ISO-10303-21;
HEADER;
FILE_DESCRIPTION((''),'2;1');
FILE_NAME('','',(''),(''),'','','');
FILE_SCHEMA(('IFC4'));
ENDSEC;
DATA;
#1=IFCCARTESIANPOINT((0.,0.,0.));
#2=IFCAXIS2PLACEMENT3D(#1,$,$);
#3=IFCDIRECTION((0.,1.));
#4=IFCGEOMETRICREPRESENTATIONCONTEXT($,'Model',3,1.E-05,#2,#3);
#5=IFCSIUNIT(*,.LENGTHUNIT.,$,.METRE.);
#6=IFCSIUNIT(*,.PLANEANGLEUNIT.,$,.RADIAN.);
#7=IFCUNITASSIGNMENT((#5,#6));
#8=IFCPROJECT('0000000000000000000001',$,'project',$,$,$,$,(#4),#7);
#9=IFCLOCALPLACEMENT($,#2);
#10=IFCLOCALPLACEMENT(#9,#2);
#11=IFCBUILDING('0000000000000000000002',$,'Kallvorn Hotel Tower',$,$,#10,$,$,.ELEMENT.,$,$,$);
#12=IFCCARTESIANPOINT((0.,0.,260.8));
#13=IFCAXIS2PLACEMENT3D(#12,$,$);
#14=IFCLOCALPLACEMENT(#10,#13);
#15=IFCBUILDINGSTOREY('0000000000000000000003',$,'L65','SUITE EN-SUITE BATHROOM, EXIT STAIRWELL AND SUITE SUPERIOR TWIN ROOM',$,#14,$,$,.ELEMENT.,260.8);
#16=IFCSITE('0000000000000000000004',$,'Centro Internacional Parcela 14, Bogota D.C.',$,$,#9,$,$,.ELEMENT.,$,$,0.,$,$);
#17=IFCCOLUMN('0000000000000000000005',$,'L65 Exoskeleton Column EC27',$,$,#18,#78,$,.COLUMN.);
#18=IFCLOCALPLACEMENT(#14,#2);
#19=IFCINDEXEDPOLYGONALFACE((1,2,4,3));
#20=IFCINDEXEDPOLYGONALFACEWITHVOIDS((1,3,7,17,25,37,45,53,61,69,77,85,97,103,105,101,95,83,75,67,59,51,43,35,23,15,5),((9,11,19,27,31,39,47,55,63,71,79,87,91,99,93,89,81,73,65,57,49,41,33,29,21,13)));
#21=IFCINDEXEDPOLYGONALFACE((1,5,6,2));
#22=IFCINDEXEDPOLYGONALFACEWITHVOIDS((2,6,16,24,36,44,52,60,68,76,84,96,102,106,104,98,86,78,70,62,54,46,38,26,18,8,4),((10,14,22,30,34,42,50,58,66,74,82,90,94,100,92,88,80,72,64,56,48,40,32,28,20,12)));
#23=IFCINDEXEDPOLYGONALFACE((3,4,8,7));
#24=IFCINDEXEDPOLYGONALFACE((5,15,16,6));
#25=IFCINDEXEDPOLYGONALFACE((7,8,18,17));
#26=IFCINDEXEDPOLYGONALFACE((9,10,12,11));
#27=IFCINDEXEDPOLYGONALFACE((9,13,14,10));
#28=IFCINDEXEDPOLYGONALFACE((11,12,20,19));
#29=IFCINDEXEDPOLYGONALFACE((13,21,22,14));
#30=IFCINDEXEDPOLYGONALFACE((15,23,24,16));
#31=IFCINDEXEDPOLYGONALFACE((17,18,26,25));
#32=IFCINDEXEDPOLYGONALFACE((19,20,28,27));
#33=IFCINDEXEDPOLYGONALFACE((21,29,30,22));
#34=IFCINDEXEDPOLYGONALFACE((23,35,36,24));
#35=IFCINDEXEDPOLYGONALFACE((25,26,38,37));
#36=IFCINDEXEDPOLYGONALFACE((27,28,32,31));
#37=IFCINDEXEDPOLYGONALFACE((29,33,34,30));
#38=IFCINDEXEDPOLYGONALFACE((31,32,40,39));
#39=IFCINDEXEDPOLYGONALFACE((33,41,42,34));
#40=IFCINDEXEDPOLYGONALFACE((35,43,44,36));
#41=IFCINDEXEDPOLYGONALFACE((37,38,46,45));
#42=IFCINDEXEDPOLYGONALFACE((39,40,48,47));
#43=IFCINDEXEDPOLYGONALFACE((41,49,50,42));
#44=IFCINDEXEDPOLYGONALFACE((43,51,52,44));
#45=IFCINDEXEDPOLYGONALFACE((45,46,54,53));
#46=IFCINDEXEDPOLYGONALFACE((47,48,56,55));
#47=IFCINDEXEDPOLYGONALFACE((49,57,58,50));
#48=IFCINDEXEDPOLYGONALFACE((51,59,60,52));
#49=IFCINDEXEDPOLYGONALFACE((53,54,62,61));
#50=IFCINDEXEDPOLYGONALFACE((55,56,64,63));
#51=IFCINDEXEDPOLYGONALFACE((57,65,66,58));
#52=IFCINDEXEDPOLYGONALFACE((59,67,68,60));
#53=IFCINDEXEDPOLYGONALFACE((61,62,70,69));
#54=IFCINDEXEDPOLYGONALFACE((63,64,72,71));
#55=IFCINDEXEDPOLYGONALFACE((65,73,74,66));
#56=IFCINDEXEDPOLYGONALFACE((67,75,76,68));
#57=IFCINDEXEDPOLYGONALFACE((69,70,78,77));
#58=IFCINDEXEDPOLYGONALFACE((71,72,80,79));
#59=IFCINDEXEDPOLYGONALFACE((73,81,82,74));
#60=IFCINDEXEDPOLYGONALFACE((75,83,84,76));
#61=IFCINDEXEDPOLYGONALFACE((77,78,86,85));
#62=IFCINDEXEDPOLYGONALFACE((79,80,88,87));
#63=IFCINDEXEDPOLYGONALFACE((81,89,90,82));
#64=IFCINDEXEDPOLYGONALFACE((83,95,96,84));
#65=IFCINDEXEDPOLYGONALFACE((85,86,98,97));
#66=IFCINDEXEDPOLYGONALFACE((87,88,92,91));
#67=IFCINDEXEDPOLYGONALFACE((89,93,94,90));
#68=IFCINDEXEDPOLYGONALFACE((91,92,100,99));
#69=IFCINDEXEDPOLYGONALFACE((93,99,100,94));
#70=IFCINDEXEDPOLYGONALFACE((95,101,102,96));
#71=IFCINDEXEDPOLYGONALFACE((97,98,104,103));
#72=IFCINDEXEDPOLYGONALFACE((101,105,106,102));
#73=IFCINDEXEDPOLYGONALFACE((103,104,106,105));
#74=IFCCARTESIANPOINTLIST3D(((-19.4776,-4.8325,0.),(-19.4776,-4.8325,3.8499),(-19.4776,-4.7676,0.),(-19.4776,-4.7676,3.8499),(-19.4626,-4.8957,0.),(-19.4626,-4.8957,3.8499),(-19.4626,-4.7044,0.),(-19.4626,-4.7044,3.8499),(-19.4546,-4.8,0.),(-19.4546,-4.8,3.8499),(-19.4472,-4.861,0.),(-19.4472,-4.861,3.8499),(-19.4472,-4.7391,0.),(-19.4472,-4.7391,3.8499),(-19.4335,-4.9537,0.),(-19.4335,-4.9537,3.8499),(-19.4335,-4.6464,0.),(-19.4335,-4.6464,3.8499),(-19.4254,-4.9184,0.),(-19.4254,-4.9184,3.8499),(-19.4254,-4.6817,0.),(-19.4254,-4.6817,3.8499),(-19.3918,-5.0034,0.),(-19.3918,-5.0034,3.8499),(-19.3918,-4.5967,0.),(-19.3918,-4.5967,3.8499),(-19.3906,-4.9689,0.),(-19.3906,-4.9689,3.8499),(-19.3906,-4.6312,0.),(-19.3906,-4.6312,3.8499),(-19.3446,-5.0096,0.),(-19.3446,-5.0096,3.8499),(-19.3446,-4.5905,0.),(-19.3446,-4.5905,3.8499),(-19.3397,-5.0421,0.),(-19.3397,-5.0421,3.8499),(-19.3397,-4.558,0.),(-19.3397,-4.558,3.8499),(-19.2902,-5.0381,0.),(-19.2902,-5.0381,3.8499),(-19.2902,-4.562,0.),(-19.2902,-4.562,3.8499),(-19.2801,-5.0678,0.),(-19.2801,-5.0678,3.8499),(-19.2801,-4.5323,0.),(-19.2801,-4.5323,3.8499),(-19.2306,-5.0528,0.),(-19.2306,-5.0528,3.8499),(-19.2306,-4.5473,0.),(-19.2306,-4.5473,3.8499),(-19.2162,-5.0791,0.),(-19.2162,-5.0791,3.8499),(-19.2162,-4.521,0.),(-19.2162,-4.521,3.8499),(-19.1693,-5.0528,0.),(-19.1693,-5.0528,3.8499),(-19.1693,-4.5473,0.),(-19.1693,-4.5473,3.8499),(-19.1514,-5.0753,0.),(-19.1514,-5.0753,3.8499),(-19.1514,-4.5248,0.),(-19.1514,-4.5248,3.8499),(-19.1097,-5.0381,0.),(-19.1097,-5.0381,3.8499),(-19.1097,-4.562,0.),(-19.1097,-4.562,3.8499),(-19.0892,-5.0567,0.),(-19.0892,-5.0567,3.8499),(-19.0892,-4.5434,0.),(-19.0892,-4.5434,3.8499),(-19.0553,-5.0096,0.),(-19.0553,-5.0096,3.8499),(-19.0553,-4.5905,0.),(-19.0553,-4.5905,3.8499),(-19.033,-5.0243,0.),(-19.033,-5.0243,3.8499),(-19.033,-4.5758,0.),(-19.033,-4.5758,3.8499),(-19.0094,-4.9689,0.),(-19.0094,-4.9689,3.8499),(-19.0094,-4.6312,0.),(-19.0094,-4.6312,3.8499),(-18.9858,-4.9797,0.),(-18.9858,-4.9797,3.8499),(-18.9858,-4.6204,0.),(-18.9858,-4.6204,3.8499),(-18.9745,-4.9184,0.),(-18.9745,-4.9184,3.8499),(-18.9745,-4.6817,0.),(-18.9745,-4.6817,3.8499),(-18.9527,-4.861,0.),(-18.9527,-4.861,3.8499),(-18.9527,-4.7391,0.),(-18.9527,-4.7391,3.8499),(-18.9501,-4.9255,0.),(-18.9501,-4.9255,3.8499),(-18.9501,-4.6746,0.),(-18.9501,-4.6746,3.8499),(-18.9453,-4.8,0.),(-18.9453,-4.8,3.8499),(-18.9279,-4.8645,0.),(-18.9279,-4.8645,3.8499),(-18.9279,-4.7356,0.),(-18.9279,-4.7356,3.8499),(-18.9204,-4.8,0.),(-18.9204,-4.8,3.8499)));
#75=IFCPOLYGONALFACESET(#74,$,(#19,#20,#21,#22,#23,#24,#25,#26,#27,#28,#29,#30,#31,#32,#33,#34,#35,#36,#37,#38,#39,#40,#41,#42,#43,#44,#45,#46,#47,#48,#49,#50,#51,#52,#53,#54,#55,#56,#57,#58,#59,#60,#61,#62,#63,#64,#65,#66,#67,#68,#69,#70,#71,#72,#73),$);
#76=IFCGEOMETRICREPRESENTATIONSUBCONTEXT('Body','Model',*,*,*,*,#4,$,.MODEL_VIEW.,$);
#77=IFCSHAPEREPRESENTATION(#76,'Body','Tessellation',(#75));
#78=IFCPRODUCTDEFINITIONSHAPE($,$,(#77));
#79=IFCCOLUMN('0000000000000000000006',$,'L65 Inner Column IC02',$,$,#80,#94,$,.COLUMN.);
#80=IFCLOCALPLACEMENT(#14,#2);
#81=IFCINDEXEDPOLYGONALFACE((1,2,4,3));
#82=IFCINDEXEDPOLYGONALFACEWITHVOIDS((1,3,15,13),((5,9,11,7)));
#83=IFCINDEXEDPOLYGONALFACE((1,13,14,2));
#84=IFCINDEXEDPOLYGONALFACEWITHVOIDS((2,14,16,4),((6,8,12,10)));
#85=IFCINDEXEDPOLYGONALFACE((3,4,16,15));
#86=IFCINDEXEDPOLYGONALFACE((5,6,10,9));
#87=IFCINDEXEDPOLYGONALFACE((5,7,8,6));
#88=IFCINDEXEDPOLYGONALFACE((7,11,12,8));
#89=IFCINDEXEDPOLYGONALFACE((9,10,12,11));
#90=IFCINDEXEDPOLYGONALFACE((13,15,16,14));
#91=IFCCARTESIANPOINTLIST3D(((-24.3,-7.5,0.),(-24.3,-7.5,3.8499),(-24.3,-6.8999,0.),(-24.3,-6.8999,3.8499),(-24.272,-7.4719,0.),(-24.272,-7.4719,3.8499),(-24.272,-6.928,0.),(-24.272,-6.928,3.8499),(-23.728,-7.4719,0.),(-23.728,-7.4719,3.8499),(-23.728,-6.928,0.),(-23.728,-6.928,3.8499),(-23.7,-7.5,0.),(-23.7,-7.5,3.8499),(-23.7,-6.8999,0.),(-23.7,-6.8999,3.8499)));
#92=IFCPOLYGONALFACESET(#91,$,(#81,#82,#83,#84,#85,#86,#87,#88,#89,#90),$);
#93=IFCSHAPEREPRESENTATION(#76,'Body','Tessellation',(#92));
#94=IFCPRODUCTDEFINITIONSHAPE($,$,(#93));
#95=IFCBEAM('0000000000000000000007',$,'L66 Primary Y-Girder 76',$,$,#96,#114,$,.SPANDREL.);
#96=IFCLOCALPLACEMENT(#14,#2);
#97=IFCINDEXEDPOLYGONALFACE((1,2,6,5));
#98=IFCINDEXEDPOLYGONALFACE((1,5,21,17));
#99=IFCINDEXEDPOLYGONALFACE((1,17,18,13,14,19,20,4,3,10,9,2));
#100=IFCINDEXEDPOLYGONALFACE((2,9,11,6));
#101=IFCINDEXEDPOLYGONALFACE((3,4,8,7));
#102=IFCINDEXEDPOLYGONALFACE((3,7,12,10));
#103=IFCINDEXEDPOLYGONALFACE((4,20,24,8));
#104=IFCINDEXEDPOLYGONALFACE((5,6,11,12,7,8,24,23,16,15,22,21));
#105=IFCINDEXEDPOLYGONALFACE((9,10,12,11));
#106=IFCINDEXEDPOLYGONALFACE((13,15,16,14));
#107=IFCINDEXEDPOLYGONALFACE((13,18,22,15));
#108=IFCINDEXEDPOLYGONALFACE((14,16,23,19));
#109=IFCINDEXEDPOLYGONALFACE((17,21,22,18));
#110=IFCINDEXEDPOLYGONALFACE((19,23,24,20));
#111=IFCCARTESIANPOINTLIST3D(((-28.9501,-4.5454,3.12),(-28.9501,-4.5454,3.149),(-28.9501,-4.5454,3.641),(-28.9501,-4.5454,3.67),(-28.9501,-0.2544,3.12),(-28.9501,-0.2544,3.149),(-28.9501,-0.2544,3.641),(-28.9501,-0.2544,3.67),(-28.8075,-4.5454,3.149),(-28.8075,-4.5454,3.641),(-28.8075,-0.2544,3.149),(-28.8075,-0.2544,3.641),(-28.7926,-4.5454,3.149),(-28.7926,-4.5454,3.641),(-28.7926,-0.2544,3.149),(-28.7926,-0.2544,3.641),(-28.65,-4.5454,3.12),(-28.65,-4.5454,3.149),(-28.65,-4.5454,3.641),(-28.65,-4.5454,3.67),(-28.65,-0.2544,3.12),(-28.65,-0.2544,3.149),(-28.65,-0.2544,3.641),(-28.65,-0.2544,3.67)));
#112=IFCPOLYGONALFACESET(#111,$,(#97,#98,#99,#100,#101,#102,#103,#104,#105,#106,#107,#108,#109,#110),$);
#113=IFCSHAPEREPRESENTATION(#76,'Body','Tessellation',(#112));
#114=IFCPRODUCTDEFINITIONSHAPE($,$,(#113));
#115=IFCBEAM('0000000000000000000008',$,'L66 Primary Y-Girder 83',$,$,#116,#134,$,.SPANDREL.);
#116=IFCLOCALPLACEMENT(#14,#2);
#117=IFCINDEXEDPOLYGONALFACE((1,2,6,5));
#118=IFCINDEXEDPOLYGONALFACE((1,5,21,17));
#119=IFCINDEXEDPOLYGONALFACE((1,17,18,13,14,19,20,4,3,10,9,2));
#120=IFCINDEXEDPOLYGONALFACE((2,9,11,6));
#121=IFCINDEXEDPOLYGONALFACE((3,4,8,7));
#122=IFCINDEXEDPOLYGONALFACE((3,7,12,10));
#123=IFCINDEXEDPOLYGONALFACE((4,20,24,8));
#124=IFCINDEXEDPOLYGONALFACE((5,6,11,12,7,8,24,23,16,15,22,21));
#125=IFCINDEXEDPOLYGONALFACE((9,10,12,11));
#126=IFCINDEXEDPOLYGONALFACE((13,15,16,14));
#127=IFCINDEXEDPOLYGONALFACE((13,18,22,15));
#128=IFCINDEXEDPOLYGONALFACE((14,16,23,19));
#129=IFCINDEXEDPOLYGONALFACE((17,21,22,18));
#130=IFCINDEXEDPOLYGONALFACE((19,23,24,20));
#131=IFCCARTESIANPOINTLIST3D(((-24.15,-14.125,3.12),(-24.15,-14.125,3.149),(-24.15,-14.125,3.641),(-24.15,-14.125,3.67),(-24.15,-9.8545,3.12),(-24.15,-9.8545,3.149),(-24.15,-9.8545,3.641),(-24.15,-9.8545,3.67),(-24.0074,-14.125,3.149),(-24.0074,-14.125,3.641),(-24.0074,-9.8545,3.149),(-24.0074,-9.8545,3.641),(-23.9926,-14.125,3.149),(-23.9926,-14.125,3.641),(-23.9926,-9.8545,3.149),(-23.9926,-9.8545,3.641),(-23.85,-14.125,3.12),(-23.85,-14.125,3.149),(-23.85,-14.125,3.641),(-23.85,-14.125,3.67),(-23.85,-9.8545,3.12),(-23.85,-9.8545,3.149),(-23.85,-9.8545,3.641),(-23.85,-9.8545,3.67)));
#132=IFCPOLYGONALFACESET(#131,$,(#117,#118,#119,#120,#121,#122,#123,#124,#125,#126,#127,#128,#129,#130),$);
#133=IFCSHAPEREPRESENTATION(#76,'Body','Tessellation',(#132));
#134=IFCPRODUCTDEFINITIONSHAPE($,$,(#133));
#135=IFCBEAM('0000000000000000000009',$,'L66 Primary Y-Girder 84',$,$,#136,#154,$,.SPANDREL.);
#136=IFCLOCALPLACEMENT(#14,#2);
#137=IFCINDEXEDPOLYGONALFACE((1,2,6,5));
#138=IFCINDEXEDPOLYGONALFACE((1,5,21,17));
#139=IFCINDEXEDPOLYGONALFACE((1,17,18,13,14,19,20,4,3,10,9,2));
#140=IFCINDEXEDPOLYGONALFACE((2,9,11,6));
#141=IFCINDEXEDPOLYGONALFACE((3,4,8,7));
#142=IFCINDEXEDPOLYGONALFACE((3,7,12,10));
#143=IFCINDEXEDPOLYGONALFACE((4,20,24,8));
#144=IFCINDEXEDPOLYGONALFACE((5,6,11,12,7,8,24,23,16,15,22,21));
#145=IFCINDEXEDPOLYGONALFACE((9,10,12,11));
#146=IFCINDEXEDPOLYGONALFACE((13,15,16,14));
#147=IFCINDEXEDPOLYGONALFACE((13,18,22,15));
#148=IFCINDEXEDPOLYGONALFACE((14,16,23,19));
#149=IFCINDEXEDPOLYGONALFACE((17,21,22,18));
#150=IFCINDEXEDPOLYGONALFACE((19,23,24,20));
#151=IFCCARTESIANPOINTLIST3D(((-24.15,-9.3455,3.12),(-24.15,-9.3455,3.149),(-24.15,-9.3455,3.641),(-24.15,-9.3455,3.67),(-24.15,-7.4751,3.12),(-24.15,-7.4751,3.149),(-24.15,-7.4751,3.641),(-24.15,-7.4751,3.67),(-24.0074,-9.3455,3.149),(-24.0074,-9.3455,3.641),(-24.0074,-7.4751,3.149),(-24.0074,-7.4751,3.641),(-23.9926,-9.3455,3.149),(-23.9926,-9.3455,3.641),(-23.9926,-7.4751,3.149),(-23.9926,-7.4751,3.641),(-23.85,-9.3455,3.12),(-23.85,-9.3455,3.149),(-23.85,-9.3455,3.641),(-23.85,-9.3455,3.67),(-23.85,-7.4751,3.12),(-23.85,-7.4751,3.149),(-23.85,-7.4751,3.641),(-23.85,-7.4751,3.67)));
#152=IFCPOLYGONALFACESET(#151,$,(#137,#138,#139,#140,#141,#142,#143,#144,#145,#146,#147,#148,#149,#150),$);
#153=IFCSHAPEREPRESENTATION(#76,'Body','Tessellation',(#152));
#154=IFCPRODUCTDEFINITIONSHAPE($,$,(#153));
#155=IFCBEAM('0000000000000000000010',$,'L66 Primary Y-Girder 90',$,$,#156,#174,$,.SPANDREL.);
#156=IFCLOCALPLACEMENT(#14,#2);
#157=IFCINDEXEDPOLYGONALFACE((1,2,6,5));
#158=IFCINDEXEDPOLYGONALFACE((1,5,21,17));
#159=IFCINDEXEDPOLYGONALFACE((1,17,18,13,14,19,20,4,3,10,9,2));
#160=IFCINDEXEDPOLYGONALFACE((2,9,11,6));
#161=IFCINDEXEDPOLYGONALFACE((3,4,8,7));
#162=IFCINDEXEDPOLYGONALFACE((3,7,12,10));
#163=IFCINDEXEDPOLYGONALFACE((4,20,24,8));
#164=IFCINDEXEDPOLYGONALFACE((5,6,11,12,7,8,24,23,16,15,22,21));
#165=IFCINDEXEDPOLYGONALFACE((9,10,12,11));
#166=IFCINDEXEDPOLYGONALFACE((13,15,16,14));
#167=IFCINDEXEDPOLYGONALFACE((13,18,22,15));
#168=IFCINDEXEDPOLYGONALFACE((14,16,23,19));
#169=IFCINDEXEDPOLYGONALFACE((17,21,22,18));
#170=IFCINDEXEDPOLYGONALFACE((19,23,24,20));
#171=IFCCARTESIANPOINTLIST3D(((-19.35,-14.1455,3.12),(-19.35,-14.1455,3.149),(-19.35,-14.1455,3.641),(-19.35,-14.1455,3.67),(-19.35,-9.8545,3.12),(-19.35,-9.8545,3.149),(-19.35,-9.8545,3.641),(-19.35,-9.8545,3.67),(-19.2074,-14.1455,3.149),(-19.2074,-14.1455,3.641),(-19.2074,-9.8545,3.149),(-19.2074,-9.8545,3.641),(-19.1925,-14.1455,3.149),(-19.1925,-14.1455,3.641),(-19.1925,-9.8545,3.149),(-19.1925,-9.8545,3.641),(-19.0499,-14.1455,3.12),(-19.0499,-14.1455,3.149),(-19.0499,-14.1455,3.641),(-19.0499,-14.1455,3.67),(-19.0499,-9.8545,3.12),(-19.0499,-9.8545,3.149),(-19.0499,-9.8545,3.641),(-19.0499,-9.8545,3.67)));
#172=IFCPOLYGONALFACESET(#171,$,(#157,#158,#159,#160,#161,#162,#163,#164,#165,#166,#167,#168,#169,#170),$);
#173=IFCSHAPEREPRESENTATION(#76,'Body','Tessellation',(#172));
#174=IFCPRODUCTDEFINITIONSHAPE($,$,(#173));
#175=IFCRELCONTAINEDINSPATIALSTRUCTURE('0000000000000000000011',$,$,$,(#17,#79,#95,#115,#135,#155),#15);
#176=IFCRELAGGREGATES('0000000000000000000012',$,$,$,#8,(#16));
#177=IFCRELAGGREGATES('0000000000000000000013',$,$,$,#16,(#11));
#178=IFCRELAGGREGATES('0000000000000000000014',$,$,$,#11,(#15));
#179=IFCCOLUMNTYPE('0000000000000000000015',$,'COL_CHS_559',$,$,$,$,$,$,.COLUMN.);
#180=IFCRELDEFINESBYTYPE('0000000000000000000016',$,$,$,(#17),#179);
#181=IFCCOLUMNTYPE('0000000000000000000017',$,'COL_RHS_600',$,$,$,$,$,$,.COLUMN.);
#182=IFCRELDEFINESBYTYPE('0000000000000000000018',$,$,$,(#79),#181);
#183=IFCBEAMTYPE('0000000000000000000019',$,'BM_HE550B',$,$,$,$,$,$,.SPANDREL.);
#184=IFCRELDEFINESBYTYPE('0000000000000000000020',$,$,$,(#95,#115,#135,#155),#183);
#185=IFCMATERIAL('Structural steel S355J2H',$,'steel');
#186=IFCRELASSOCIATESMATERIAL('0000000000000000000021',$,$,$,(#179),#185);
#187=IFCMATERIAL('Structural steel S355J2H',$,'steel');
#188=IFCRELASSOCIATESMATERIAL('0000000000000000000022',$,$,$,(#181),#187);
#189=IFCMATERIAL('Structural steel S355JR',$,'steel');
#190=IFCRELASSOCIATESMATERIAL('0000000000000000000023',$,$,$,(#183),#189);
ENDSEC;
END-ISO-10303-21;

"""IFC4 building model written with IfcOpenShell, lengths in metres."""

from ifc_helpers import new_model, si_unit, direction, frame, origin, origin_2d, place, context, subcontext, project, spatial, hollow_rectangle, hollow_circle, i_section, extrude, material, material_profile, profile_set, type_object, element, save


model = new_model("IFC4")

# Units and contexts
model_context = context("Model", 3, precision=1e-05, world=origin(), true_north=direction((0.0, 1.0)))
body_context = subcontext(model_context, "Body", "Model", "MODEL_VIEW")
ifc_project = project(units=[si_unit("LENGTHUNIT", "METRE"), si_unit("PLANEANGLEUNIT", "RADIAN")], contexts=[model_context])

# Site, building, storey
site_placement = place(None, origin())
site = spatial("IfcSite", under=ifc_project, at=site_placement, Name="Centro Internacional Parcela 14, Bogota D.C.", CompositionType="ELEMENT", RefElevation=0.0)
building_placement = place(site_placement, origin())
building = spatial("IfcBuilding", under=site, at=building_placement, Name="Kallvorn Hotel Tower", CompositionType="ELEMENT")
storey_placement = place(building_placement, frame((0.0, 0.0, 260.8)))
storey = spatial("IfcBuildingStorey", under=building, at=storey_placement, Name="L65", Description="SUITE EN-SUITE BATHROOM, EXIT STAIRWELL AND SUITE SUPERIOR TWIN ROOM", CompositionType="ELEMENT", Elevation=260.8)

# Columns
ifc_material_1 = material(Name="Structural steel S355J2H", Category="steel")
ifc_material_profile_1 = material_profile(ifc_material_1, hollow_circle(Radius=0.2795, WallThickness=0.0249, at=origin_2d()), Name="CHS 559x25")
ifc_profile_set_1 = profile_set([ifc_material_profile_1], Name="Structural steel S355J2H")
column_type_1 = type_object("IfcColumnType", Name="COL_CHS_559", PredefinedType="COLUMN", material=ifc_profile_set_1)
for number, where, z_axis, x_axis, name in (
    (1, (-19.2, -4.8, 0.0), (0.0, 0.0, 1.0), (1.0, 0.0, 0.0), "L65 Exoskeleton Column EC27"),
):
    element("IfcColumn", number, at=place(storey_placement, frame(where, z_axis=z_axis, x_axis=x_axis)), inside=storey, type_object=column_type_1, Name=name, PredefinedType="COLUMN", context=body_context, shape_type="SweptSolid", body=[
        extrude(hollow_circle(Radius=0.2795, WallThickness=0.0249, at=origin_2d()), origin(), (0.0, 0.0, 1.0), 3.8499),
    ])
ifc_material_2 = material(Name="Structural steel S355J2H", Category="steel")
ifc_material_profile_2 = material_profile(ifc_material_2, hollow_rectangle(XDim=0.6001, YDim=0.6001, WallThickness=0.0281, at=origin_2d()), Name="RHS 600x600x28")
ifc_profile_set_2 = profile_set([ifc_material_profile_2], Name="Structural steel S355J2H")
column_type_2 = type_object("IfcColumnType", Name="COL_RHS_600", PredefinedType="COLUMN", material=ifc_profile_set_2)
column_placement = place(storey_placement, frame((-24.0, -7.2, 0.0), z_axis=(0.0, 0.0, 1.0), x_axis=(1.0, 0.0, 0.0)))
element("IfcColumn", 2, at=column_placement, inside=storey, type_object=column_type_2, Name="L65 Inner Column IC02", PredefinedType="COLUMN", context=body_context, shape_type="SweptSolid", body=[
    extrude(hollow_rectangle(XDim=0.6001, YDim=0.6001, WallThickness=0.0281, at=origin_2d()), origin(), (0.0, 0.0, 1.0), 3.8499),
])

# Beams
ifc_material_3 = material(Name="Structural steel S355JR", Category="steel")
ifc_material_profile_3 = material_profile(ifc_material_3, i_section(OverallWidth=0.3, OverallDepth=0.55, WebThickness=0.0149, FlangeThickness=0.0291, at=origin_2d()), Name="HE 550 B")
ifc_profile_set_3 = profile_set([ifc_material_profile_3], Name="Structural steel S355JR")
beam_type_1 = type_object("IfcBeamType", Name="BM_HE550B", PredefinedType="SPANDREL", material=ifc_profile_set_3)
beam_1_placement = place(storey_placement, frame((-28.8, -4.5454, 3.395), z_axis=(0.0, 1.0, 0.0), x_axis=(-1.0, 0.0, 0.0)))
element("IfcBeam", 3, at=beam_1_placement, inside=storey, type_object=beam_type_1, Name="L66 Primary Y-Girder 76", PredefinedType="SPANDREL", context=body_context, shape_type="SweptSolid", body=[
    extrude(i_section(OverallWidth=0.3, OverallDepth=0.55, WebThickness=0.0149, FlangeThickness=0.0291, at=origin_2d()), origin(), (0.0, 0.0, 1.0), 4.291),
])
beam_2_placement = place(storey_placement, frame((-24.0, -14.125, 3.395), z_axis=(0.0, 1.0, 0.0), x_axis=(-1.0, 0.0, 0.0)))
element("IfcBeam", 4, at=beam_2_placement, inside=storey, type_object=beam_type_1, Name="L66 Primary Y-Girder 83", PredefinedType="SPANDREL", context=body_context, shape_type="SweptSolid", body=[
    extrude(i_section(OverallWidth=0.3, OverallDepth=0.55, WebThickness=0.0149, FlangeThickness=0.0291, at=origin_2d()), origin(), (0.0, 0.0, 1.0), 4.2705),
])
beam_3_placement = place(storey_placement, frame((-24.0, -9.3455, 3.395), z_axis=(0.0, 1.0, 0.0), x_axis=(-1.0, 0.0, 0.0)))
element("IfcBeam", 5, at=beam_3_placement, inside=storey, type_object=beam_type_1, Name="L66 Primary Y-Girder 84", PredefinedType="SPANDREL", context=body_context, shape_type="SweptSolid", body=[
    extrude(i_section(OverallWidth=0.3, OverallDepth=0.55, WebThickness=0.0149, FlangeThickness=0.0291, at=origin_2d()), origin(), (0.0, 0.0, 1.0), 1.8704),
])
beam_4_placement = place(storey_placement, frame((-19.2, -14.1455, 3.395), z_axis=(0.0, 1.0, 0.0), x_axis=(-1.0, 0.0, 0.0)))
element("IfcBeam", 6, at=beam_4_placement, inside=storey, type_object=beam_type_1, Name="L66 Primary Y-Girder 90", PredefinedType="SPANDREL", context=body_context, shape_type="SweptSolid", body=[
    extrude(i_section(OverallWidth=0.3, OverallDepth=0.55, WebThickness=0.0149, FlangeThickness=0.0291, at=origin_2d()), origin(), (0.0, 0.0, 1.0), 4.291),
])

save(model, "model.ifc")
